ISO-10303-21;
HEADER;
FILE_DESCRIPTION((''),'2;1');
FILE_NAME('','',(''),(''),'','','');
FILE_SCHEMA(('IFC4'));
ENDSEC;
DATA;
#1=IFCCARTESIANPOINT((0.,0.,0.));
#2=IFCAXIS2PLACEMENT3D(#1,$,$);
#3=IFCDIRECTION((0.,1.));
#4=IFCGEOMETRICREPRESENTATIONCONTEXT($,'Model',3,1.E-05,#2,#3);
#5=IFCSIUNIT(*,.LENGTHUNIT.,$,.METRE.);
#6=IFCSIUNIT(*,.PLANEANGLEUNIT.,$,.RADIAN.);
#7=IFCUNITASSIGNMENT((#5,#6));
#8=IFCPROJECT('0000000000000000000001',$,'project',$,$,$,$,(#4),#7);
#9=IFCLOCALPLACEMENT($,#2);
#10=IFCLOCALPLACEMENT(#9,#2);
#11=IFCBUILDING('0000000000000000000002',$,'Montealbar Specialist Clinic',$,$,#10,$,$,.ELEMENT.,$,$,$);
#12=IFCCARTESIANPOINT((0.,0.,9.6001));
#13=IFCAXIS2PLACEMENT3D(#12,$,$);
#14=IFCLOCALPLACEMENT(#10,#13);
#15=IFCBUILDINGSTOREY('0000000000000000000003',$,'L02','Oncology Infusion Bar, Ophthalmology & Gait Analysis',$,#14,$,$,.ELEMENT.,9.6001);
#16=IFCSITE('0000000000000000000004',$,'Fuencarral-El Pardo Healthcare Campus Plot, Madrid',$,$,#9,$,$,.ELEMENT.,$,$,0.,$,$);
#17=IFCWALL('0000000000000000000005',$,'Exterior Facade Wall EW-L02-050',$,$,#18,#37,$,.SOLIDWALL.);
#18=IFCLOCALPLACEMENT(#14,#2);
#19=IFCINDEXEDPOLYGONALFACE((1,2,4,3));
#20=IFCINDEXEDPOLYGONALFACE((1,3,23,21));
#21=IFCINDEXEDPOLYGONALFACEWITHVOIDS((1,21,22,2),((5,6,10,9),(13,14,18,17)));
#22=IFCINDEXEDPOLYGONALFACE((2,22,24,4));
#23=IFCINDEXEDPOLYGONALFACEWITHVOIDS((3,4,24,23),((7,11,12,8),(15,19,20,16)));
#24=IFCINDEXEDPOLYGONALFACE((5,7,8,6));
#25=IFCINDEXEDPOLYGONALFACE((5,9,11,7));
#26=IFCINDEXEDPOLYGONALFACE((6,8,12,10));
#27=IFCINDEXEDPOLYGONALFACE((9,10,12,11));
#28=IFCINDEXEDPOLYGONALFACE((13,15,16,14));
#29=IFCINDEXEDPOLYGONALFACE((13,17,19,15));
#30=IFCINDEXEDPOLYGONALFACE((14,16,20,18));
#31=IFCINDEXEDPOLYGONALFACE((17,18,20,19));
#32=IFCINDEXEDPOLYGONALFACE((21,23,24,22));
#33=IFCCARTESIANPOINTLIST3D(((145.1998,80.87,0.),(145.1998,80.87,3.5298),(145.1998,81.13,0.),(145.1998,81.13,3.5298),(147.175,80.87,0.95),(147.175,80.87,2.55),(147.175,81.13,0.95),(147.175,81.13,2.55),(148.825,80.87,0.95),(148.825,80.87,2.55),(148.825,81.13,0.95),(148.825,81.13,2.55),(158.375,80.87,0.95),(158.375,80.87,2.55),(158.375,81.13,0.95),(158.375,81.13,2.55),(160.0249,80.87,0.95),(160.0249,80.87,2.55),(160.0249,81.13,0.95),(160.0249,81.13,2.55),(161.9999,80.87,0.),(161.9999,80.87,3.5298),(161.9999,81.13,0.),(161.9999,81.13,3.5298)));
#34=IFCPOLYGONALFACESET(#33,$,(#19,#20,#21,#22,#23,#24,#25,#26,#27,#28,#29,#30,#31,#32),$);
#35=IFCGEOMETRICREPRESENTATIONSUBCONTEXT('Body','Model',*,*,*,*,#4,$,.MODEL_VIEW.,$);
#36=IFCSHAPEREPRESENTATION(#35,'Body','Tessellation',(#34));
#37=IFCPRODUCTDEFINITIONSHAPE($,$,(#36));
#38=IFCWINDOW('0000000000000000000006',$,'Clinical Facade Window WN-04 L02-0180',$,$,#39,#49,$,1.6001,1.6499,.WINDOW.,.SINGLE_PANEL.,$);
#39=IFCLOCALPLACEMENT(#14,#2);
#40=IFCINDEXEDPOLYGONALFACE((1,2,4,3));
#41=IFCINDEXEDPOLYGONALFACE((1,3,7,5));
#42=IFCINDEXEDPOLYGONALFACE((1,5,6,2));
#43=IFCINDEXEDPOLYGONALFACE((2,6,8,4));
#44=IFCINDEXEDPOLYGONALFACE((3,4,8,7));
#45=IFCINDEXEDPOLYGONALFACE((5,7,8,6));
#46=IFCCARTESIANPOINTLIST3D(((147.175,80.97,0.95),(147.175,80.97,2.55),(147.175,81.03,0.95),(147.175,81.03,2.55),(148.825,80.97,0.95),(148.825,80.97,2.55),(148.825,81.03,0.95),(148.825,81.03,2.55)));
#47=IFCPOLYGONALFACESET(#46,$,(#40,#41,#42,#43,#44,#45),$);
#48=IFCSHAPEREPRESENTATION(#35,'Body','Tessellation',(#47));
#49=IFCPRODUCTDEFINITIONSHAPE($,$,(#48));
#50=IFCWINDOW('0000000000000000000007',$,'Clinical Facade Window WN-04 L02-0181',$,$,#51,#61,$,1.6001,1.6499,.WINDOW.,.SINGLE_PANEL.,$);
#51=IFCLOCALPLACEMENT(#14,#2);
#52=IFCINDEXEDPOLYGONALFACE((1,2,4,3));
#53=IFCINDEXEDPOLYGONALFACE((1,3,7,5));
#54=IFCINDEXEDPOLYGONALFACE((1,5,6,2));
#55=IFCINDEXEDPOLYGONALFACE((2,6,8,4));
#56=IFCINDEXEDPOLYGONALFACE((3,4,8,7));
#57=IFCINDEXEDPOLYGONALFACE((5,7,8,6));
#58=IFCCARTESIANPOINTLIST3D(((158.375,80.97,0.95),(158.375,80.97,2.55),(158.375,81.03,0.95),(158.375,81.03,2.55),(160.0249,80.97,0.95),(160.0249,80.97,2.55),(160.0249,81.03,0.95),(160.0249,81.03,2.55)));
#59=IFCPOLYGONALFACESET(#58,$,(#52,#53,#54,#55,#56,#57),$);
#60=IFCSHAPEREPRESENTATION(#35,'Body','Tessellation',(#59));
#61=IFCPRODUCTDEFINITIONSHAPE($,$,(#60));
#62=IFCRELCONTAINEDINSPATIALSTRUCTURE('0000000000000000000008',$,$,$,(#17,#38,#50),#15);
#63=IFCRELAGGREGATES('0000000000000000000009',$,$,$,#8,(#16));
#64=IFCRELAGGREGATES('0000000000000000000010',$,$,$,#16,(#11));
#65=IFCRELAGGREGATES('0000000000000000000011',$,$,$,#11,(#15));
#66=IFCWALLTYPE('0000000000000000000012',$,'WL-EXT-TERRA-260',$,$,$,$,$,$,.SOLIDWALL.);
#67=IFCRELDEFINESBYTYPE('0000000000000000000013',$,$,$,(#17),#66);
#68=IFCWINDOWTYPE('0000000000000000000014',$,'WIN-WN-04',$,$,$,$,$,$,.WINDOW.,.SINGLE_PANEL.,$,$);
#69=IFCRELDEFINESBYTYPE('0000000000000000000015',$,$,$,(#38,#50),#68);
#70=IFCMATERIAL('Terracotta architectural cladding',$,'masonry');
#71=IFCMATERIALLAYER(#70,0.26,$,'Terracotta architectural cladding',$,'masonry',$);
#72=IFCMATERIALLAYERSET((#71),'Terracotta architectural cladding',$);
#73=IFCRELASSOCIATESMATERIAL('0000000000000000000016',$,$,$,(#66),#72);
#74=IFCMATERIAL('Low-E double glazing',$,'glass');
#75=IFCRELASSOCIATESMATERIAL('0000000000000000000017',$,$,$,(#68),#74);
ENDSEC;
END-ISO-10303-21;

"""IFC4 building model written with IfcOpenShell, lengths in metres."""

from ifc_helpers import new_model, si_unit, direction, frame, frame_2d, origin, place, context, subcontext, project, spatial, rectangle, extrude, material, layer, layer_set, type_object, element, fill, save


model = new_model("IFC4")

# Units and contexts
model_context = context("Model", 3, precision=1e-05, world=origin(), true_north=direction((0.0, 1.0)))
body_context = subcontext(model_context, "Body", "Model", "MODEL_VIEW")
ifc_project = project(units=[si_unit("LENGTHUNIT", "METRE"), si_unit("PLANEANGLEUNIT", "RADIAN")], contexts=[model_context])

# Site, building, storey
site_placement = place(None, origin())
site = spatial("IfcSite", under=ifc_project, at=site_placement, Name="Fuencarral-El Pardo Healthcare Campus Plot, Madrid", CompositionType="ELEMENT", RefElevation=0.0)
building_placement = place(site_placement, origin())
building = spatial("IfcBuilding", under=site, at=building_placement, Name="Montealbar Specialist Clinic", CompositionType="ELEMENT")
storey_placement = place(building_placement, frame((0.0, 0.0, 9.6001)))
storey = spatial("IfcBuildingStorey", under=building, at=storey_placement, Name="L02", Description="Oncology Infusion Bar, Ophthalmology & Gait Analysis", CompositionType="ELEMENT", Elevation=9.6001)

# Wall, openings, windows
ifc_material_1 = material(Name="Terracotta architectural cladding", Category="masonry")
ifc_layer_1 = layer(ifc_material_1, 0.26, Name="Terracotta architectural cladding", Category="masonry")
ifc_layer_set_1 = layer_set([ifc_layer_1], Name="Terracotta architectural cladding")
wall_type_1 = type_object("IfcWallType", Name="WL-EXT-TERRA-260", PredefinedType="SOLIDWALL", material=ifc_layer_set_1)
wall_1_placement = place(storey_placement, frame((145.2, 81.0, 0.0), z_axis=(0.0, 0.0, 1.0), x_axis=(1.0, 0.0, 0.0)))
wall_1 = element("IfcWall", 1, at=wall_1_placement, inside=storey, type_object=wall_type_1, Name="Exterior Facade Wall EW-L02-050", PredefinedType="SOLIDWALL", context=body_context, shape_type="SweptSolid", body=[
    extrude(rectangle(XDim=16.8, YDim=0.26, at=frame_2d((8.3999, 0.0))), origin(), (0.0, 0.0, 1.0), 3.5298),
])
opening_1_placement = place(wall_1_placement, frame((1.9751, 0.0, 0.95)))
opening_1 = element("IfcOpeningElement", 2, at=opening_1_placement, cuts=wall_1, PredefinedType="OPENING", context=body_context, shape_type="SweptSolid", body=[
    extrude(rectangle(XDim=1.6499, YDim=1.6001, at=frame_2d((0.825, 0.8))), frame((0.0, 0.1399, 0.0), z_axis=(0.0, -1.0, 0.0), x_axis=(1.0, 0.0, 0.0)), (0.0, 0.0, 1.0), 0.28),
])
opening_2_placement = place(wall_1_placement, frame((13.175, 0.0, 0.95)))
opening_2 = element("IfcOpeningElement", 3, at=opening_2_placement, cuts=wall_1, PredefinedType="OPENING", context=body_context, shape_type="SweptSolid", body=[
    extrude(rectangle(XDim=1.6499, YDim=1.6001, at=frame_2d((0.825, 0.8))), frame((0.0, 0.1399, 0.0), z_axis=(0.0, -1.0, 0.0), x_axis=(1.0, 0.0, 0.0)), (0.0, 0.0, 1.0), 0.28),
])
ifc_material_2 = material(Name="Low-E double glazing", Category="glass")
window_type_1 = type_object("IfcWindowType", Name="WIN-WN-04", PartitioningType="SINGLE_PANEL", PredefinedType="WINDOW", material=ifc_material_2)
window_1_placement = place(opening_1_placement, origin())
window_1 = element("IfcWindow", 4, at=window_1_placement, inside=storey, type_object=window_type_1, Name="Clinical Facade Window WN-04 L02-0180", OverallHeight=1.6001, OverallWidth=1.6499, PartitioningType="SINGLE_PANEL", PredefinedType="WINDOW", context=body_context, shape_type="SweptSolid", body=[
    extrude(rectangle(XDim=1.6499, YDim=1.6001, at=frame_2d((0.825, 0.8))), frame((0.0, 0.03, 0.0), z_axis=(0.0, -1.0, 0.0), x_axis=(1.0, 0.0, 0.0)), (0.0, 0.0, 1.0), 0.0601),
])
fill(opening_1, window_1)
window_2_placement = place(opening_2_placement, origin())
window_2 = element("IfcWindow", 5, at=window_2_placement, inside=storey, type_object=window_type_1, Name="Clinical Facade Window WN-04 L02-0181", OverallHeight=1.6001, OverallWidth=1.6499, PartitioningType="SINGLE_PANEL", PredefinedType="WINDOW", context=body_context, shape_type="SweptSolid", body=[
    extrude(rectangle(XDim=1.6499, YDim=1.6001, at=frame_2d((0.825, 0.8))), frame((0.0, 0.03, 0.0), z_axis=(0.0, -1.0, 0.0), x_axis=(1.0, 0.0, 0.0)), (0.0, 0.0, 1.0), 0.0601),
])
fill(opening_2, window_2)

save(model, "model.ifc")
